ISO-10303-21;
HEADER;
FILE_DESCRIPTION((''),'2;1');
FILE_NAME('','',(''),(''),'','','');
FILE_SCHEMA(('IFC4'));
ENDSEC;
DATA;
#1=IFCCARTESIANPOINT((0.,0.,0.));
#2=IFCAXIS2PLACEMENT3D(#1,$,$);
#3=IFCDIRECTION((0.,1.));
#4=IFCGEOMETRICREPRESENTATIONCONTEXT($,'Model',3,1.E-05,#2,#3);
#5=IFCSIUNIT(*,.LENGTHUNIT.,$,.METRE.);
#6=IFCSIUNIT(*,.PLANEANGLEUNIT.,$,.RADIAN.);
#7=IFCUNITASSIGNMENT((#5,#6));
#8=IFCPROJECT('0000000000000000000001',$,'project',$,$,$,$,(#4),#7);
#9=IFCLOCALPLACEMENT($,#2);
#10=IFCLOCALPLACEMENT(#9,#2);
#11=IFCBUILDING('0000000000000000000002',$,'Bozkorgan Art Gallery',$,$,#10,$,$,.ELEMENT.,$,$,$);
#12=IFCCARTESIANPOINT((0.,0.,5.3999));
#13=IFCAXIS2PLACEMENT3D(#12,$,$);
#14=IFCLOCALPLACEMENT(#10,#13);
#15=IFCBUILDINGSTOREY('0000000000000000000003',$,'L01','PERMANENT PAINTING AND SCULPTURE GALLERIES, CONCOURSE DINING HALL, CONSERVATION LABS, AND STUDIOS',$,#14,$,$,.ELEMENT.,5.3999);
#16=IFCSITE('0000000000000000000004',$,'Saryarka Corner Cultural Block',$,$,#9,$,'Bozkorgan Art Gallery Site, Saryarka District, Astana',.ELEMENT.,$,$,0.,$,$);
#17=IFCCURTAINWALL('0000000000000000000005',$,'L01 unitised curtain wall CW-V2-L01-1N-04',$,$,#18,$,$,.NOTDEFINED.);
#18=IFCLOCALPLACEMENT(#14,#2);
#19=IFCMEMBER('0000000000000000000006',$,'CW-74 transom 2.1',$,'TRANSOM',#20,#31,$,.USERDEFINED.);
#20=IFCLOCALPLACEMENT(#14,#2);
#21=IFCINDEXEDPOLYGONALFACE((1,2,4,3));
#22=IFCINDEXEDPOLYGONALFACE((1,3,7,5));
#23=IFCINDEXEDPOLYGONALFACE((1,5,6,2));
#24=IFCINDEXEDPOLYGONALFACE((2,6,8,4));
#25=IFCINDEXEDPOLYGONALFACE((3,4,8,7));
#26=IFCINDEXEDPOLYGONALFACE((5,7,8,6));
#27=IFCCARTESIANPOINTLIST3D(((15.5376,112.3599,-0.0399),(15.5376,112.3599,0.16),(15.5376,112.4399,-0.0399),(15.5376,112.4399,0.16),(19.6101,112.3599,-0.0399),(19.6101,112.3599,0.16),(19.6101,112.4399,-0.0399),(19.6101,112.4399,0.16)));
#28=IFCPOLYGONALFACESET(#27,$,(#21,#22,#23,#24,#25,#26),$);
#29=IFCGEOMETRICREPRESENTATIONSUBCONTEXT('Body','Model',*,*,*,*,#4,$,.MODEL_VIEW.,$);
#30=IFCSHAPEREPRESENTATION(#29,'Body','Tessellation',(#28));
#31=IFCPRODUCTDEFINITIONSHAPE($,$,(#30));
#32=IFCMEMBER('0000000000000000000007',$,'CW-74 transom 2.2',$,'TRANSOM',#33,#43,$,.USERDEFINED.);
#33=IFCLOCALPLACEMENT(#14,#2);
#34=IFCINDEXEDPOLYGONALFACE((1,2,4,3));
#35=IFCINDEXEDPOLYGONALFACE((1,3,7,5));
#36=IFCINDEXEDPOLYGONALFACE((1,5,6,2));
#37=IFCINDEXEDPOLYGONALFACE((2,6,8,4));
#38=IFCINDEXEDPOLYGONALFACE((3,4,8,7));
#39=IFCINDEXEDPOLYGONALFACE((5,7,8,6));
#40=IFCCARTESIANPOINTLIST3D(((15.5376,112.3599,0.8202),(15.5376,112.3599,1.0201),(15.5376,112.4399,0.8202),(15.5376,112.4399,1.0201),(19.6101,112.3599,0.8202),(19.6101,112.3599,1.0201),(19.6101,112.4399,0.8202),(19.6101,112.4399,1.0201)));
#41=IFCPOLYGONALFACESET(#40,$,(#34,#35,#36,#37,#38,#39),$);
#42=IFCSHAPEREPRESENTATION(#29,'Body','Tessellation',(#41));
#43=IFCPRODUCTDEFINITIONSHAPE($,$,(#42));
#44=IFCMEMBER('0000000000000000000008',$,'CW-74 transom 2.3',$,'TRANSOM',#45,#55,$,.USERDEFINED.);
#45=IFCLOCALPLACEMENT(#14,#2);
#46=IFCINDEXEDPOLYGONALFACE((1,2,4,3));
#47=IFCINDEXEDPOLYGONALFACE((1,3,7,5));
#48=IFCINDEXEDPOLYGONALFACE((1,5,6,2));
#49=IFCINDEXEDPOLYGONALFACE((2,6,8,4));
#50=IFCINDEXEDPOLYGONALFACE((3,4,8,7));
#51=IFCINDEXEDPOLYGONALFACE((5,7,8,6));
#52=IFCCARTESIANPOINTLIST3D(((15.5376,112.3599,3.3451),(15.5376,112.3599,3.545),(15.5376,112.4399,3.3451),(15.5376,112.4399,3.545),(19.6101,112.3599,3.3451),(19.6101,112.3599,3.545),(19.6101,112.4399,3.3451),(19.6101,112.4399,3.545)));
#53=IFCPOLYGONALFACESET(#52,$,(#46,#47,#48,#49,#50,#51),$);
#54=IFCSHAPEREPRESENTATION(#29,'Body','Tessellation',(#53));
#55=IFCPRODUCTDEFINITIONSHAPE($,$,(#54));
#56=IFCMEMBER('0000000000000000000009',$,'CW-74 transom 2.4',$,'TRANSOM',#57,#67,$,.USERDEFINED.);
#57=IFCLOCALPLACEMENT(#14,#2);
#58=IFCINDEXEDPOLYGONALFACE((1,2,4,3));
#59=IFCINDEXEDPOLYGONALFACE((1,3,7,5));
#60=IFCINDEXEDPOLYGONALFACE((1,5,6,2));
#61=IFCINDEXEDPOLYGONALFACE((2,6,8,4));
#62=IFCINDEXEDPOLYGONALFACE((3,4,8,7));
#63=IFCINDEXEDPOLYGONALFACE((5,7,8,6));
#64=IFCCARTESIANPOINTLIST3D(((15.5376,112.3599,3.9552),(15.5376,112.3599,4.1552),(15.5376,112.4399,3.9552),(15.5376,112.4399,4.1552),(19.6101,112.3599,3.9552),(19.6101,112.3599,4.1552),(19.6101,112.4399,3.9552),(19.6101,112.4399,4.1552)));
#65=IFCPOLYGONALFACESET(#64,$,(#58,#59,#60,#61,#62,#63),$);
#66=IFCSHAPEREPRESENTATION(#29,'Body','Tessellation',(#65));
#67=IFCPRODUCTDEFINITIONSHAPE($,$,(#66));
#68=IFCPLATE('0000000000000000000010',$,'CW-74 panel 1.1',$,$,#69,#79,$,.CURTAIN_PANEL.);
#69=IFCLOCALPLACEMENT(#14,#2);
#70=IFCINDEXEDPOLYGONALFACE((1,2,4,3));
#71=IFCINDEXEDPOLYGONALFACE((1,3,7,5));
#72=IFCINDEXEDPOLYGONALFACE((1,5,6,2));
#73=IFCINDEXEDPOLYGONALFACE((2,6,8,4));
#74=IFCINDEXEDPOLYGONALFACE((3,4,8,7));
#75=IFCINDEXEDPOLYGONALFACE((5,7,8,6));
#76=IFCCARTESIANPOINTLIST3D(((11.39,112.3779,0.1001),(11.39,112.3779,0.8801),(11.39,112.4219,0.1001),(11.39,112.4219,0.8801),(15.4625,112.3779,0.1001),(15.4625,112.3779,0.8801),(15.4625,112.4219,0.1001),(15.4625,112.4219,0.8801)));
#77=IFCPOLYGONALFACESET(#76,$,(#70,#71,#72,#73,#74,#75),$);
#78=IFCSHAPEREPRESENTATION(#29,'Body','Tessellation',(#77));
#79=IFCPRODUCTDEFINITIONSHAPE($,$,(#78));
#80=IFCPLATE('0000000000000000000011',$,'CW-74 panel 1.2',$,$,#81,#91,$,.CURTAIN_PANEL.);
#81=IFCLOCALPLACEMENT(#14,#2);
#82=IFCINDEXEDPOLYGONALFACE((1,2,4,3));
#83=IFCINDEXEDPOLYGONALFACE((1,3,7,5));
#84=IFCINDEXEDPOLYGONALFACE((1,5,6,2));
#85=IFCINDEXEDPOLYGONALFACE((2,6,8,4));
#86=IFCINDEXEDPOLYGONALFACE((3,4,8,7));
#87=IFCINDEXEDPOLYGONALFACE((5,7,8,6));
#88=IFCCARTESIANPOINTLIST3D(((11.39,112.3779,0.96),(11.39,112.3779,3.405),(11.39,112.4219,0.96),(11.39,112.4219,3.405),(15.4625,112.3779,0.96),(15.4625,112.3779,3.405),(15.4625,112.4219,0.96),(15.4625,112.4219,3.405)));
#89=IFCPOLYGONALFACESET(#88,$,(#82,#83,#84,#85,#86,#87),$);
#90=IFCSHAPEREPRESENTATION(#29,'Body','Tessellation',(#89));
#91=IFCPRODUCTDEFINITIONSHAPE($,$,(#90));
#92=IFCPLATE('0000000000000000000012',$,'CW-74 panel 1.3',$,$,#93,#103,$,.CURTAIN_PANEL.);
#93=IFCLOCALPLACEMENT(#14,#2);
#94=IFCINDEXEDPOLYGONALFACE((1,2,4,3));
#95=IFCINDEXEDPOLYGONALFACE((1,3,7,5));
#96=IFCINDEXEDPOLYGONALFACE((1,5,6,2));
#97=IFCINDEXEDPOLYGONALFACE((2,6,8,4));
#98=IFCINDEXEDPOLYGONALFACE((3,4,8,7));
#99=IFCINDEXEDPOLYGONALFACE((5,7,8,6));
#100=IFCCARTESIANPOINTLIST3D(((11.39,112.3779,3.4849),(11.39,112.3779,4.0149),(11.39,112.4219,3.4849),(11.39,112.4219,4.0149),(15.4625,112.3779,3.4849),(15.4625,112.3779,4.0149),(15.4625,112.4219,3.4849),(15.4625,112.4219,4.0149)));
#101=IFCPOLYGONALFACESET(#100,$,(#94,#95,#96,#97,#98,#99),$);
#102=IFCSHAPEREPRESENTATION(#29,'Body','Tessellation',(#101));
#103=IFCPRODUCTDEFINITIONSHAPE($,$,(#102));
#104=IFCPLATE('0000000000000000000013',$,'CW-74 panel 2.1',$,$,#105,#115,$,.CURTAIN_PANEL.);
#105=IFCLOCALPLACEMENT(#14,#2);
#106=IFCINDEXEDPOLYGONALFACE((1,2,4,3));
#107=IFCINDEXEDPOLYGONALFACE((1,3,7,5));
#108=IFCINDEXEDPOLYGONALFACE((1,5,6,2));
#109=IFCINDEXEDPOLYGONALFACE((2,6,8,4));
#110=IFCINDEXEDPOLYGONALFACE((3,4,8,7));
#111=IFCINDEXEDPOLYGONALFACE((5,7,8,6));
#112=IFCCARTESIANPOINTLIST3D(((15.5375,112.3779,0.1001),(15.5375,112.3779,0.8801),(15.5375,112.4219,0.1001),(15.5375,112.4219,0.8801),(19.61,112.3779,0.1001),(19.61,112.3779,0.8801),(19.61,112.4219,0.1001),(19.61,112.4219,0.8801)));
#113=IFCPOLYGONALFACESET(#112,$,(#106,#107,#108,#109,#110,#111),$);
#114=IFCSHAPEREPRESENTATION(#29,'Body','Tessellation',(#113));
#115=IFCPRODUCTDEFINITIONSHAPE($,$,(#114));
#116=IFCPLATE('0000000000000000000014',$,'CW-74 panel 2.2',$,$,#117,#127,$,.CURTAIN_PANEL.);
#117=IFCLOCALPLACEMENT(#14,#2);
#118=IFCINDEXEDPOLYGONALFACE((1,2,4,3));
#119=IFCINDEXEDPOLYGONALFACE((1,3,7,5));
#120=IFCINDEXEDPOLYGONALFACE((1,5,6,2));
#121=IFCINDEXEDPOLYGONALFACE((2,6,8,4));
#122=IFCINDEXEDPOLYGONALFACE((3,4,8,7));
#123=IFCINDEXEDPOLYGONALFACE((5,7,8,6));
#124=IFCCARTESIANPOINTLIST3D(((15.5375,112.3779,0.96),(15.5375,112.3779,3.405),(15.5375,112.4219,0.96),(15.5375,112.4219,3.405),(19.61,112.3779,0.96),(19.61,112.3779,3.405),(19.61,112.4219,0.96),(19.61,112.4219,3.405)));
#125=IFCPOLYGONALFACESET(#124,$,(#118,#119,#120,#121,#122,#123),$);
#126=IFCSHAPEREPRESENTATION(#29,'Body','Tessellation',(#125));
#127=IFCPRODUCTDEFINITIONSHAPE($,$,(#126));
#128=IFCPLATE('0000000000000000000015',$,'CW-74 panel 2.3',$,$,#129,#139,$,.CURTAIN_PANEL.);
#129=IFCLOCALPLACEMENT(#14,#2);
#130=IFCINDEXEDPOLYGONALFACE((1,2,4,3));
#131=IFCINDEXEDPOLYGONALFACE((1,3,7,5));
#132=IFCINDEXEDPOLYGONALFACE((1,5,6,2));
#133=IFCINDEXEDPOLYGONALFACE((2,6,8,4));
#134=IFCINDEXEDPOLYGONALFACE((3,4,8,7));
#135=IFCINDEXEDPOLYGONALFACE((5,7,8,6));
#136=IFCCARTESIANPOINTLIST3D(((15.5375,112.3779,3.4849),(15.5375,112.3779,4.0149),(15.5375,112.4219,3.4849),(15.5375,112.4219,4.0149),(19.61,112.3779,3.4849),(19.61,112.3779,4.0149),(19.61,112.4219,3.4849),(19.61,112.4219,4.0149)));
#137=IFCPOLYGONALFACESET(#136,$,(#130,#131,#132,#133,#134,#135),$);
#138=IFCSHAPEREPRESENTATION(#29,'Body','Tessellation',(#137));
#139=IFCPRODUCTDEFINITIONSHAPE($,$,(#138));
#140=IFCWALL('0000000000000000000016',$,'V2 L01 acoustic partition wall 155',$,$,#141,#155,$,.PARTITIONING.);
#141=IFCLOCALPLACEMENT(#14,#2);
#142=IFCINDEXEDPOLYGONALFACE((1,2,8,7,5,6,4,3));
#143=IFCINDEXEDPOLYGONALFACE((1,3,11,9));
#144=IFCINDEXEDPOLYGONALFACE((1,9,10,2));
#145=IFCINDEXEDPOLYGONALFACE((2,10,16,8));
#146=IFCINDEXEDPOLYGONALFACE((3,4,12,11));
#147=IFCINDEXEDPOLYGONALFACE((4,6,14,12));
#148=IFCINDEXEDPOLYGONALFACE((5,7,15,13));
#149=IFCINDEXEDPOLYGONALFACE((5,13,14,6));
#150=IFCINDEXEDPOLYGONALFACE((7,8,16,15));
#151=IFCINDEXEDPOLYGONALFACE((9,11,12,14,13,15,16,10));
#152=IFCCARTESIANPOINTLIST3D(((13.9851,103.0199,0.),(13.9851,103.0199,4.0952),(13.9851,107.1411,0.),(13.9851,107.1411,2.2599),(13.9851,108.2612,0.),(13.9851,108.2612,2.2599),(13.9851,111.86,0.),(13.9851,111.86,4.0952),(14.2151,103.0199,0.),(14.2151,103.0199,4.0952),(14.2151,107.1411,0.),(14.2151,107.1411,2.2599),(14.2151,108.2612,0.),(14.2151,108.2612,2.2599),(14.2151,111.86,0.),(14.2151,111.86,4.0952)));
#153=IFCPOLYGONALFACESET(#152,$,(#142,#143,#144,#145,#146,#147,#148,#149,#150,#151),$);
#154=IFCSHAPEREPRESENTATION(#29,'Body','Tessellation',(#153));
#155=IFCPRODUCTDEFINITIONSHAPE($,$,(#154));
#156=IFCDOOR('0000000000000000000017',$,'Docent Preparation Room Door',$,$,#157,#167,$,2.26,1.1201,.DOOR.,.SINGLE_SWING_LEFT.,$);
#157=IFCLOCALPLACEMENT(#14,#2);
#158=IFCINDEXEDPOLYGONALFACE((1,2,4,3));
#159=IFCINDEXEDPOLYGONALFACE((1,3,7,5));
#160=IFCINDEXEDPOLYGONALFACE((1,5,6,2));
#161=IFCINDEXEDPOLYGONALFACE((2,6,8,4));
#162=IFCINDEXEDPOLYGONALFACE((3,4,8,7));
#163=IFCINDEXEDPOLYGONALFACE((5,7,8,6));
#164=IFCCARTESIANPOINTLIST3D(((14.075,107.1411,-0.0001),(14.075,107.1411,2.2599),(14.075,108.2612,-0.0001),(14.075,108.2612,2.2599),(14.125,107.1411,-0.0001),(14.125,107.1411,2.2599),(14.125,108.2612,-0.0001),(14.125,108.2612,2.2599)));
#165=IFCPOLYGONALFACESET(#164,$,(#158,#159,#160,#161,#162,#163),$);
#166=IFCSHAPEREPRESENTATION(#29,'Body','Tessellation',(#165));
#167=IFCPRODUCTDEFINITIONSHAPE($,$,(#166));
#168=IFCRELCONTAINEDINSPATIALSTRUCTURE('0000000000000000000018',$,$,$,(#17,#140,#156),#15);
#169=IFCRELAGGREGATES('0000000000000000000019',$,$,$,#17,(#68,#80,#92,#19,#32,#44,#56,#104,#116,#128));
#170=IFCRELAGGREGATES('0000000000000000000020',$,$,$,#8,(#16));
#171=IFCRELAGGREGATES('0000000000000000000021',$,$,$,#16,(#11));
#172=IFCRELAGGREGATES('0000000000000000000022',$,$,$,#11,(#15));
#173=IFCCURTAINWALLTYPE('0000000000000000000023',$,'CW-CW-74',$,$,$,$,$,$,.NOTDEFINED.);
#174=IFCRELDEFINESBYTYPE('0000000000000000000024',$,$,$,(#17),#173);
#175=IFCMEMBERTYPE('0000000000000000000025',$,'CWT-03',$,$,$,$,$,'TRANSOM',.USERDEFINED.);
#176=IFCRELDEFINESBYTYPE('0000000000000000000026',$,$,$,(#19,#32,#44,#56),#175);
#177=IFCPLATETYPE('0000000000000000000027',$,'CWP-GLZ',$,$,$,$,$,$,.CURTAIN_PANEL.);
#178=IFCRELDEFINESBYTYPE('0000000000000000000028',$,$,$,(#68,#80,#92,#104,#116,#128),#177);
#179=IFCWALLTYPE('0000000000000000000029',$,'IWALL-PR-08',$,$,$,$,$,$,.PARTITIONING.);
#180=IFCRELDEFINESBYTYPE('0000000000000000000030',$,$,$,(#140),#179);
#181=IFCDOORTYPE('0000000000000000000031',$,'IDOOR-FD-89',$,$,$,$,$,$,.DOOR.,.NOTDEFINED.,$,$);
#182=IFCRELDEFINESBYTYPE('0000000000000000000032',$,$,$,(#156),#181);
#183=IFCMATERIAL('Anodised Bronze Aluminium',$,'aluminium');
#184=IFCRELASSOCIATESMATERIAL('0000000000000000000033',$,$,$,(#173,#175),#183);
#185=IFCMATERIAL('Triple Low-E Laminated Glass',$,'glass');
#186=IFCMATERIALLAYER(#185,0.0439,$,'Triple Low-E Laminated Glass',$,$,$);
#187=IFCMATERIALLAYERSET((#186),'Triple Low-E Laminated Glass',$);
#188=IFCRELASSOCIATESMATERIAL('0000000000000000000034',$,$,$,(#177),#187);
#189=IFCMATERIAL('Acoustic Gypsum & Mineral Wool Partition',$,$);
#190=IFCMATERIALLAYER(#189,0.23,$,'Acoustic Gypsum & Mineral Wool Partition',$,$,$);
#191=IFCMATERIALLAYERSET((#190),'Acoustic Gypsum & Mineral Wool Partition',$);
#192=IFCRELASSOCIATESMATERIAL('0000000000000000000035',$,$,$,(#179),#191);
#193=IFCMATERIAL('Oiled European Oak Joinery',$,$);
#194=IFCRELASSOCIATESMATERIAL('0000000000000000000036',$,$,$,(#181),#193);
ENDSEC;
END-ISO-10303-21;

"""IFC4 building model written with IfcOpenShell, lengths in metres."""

from ifc_helpers import new_model, si_unit, direction, frame, frame_2d, origin, origin_2d, place, context, subcontext, project, spatial, rectangle, extrude, material, layer, layer_set, material_profile, profile_set, type_object, element, fill, aggregate, save


model = new_model("IFC4")

# Units and contexts
model_context = context("Model", 3, precision=1e-05, world=origin(), true_north=direction((0.0, 1.0)))
body_context = subcontext(model_context, "Body", "Model", "MODEL_VIEW")
ifc_project = project(units=[si_unit("LENGTHUNIT", "METRE"), si_unit("PLANEANGLEUNIT", "RADIAN")], contexts=[model_context])

# Site, building, storey
site_placement = place(None, origin())
site = spatial("IfcSite", under=ifc_project, at=site_placement, Name="Saryarka Corner Cultural Block", LongName="Bozkorgan Art Gallery Site, Saryarka District, Astana", CompositionType="ELEMENT", RefElevation=0.0)
building_placement = place(site_placement, origin())
building = spatial("IfcBuilding", under=site, at=building_placement, Name="Bozkorgan Art Gallery", CompositionType="ELEMENT")
storey_placement = place(building_placement, frame((0.0, 0.0, 5.3999)))
storey = spatial("IfcBuildingStorey", under=building, at=storey_placement, Name="L01", Description="PERMANENT PAINTING AND SCULPTURE GALLERIES, CONCOURSE DINING HALL, CONSERVATION LABS, AND STUDIOS", CompositionType="ELEMENT", Elevation=5.3999)

# Curtain wall, members, plates
ifc_material_1 = material(Name="Anodised Bronze Aluminium", Category="aluminium")
curtain_wall_type = type_object("IfcCurtainWallType", Name="CW-CW-74", PredefinedType="NOTDEFINED", material=ifc_material_1)
curtain_wall_placement = place(storey_placement, origin())
curtain_wall = element("IfcCurtainWall", 1, at=curtain_wall_placement, inside=storey, type_object=curtain_wall_type, Name="L01 unitised curtain wall CW-V2-L01-1N-04", PredefinedType="NOTDEFINED")
ifc_material_profile_1 = material_profile(ifc_material_1, rectangle(XDim=0.0801, YDim=0.2, at=origin_2d()), Name="ALU TRANSOM 80x200")
ifc_profile_set_1 = profile_set([ifc_material_profile_1], Name="Anodised Bronze Aluminium")
member_type_1 = type_object("IfcMemberType", Name="CWT-03", ElementType="TRANSOM", PredefinedType="USERDEFINED", material=ifc_profile_set_1)
member_1_placement = place(storey_placement, frame((15.5376, 112.3999, 0.0601), z_axis=(1.0, 0.0, 0.0), x_axis=(0.0, 1.0, 0.0)))
member_1 = element("IfcMember", 2, at=member_1_placement, type_object=member_type_1, Name="CW-74 transom 2.1", ObjectType="TRANSOM", PredefinedType="USERDEFINED", context=body_context, shape_type="SweptSolid", body=[
    extrude(rectangle(XDim=0.0801, YDim=0.2, at=origin_2d()), origin(), (0.0, 0.0, 1.0), 4.0725),
])
member_2_placement = place(storey_placement, frame((15.5376, 112.3999, 0.9202), z_axis=(1.0, 0.0, 0.0), x_axis=(0.0, 1.0, 0.0)))
member_2 = element("IfcMember", 3, at=member_2_placement, type_object=member_type_1, Name="CW-74 transom 2.2", ObjectType="TRANSOM", PredefinedType="USERDEFINED", context=body_context, shape_type="SweptSolid", body=[
    extrude(rectangle(XDim=0.0801, YDim=0.2, at=origin_2d()), origin(), (0.0, 0.0, 1.0), 4.0725),
])
member_3_placement = place(storey_placement, frame((15.5376, 112.3999, 3.4451), z_axis=(1.0, 0.0, 0.0), x_axis=(0.0, 1.0, 0.0)))
member_3 = element("IfcMember", 4, at=member_3_placement, type_object=member_type_1, Name="CW-74 transom 2.3", ObjectType="TRANSOM", PredefinedType="USERDEFINED", context=body_context, shape_type="SweptSolid", body=[
    extrude(rectangle(XDim=0.0801, YDim=0.2, at=origin_2d()), origin(), (0.0, 0.0, 1.0), 4.0725),
])
member_4_placement = place(storey_placement, frame((15.5376, 112.3999, 4.0552), z_axis=(1.0, 0.0, 0.0), x_axis=(0.0, 1.0, 0.0)))
member_4 = element("IfcMember", 5, at=member_4_placement, type_object=member_type_1, Name="CW-74 transom 2.4", ObjectType="TRANSOM", PredefinedType="USERDEFINED", context=body_context, shape_type="SweptSolid", body=[
    extrude(rectangle(XDim=0.0801, YDim=0.2, at=origin_2d()), origin(), (0.0, 0.0, 1.0), 4.0725),
])
ifc_material_2 = material(Name="Triple Low-E Laminated Glass", Category="glass")
ifc_layer_1 = layer(ifc_material_2, 0.0439, Name="Triple Low-E Laminated Glass")
ifc_layer_set_1 = layer_set([ifc_layer_1], Name="Triple Low-E Laminated Glass")
plate_type = type_object("IfcPlateType", Name="CWP-GLZ", PredefinedType="CURTAIN_PANEL", material=ifc_layer_set_1)
plate_1_placement = place(storey_placement, frame((13.4263, 112.3999, 0.1001), z_axis=(0.0, 0.0, 1.0), x_axis=(1.0, 0.0, 0.0)))
plate_1 = element("IfcPlate", 6, at=plate_1_placement, type_object=plate_type, Name="CW-74 panel 1.1", PredefinedType="CURTAIN_PANEL", context=body_context, shape_type="SweptSolid", body=[
    extrude(rectangle(XDim=4.0725, YDim=0.0439, at=origin_2d()), origin(), (0.0, 0.0, 1.0), 0.78),
])
plate_2_placement = place(storey_placement, frame((13.4263, 112.3999, 0.96), z_axis=(0.0, 0.0, 1.0), x_axis=(1.0, 0.0, 0.0)))
plate_2 = element("IfcPlate", 7, at=plate_2_placement, type_object=plate_type, Name="CW-74 panel 1.2", PredefinedType="CURTAIN_PANEL", context=body_context, shape_type="SweptSolid", body=[
    extrude(rectangle(XDim=4.0725, YDim=0.0439, at=origin_2d()), origin(), (0.0, 0.0, 1.0), 2.4451),
])
plate_3_placement = place(storey_placement, frame((13.4263, 112.3999, 3.4849), z_axis=(0.0, 0.0, 1.0), x_axis=(1.0, 0.0, 0.0)))
plate_3 = element("IfcPlate", 8, at=plate_3_placement, type_object=plate_type, Name="CW-74 panel 1.3", PredefinedType="CURTAIN_PANEL", context=body_context, shape_type="SweptSolid", body=[
    extrude(rectangle(XDim=4.0725, YDim=0.0439, at=origin_2d()), origin(), (0.0, 0.0, 1.0), 0.53),
])
plate_4_placement = place(storey_placement, frame((17.5737, 112.3999, 0.1001), z_axis=(0.0, 0.0, 1.0), x_axis=(1.0, 0.0, 0.0)))
plate_4 = element("IfcPlate", 9, at=plate_4_placement, type_object=plate_type, Name="CW-74 panel 2.1", PredefinedType="CURTAIN_PANEL", context=body_context, shape_type="SweptSolid", body=[
    extrude(rectangle(XDim=4.0725, YDim=0.0439, at=origin_2d()), origin(), (0.0, 0.0, 1.0), 0.78),
])
plate_5_placement = place(storey_placement, frame((17.5737, 112.3999, 0.96), z_axis=(0.0, 0.0, 1.0), x_axis=(1.0, 0.0, 0.0)))
plate_5 = element("IfcPlate", 10, at=plate_5_placement, type_object=plate_type, Name="CW-74 panel 2.2", PredefinedType="CURTAIN_PANEL", context=body_context, shape_type="SweptSolid", body=[
    extrude(rectangle(XDim=4.0725, YDim=0.0439, at=origin_2d()), origin(), (0.0, 0.0, 1.0), 2.4451),
])
plate_6_placement = place(storey_placement, frame((17.5737, 112.3999, 3.4849), z_axis=(0.0, 0.0, 1.0), x_axis=(1.0, 0.0, 0.0)))
plate_6 = element("IfcPlate", 11, at=plate_6_placement, type_object=plate_type, Name="CW-74 panel 2.3", PredefinedType="CURTAIN_PANEL", context=body_context, shape_type="SweptSolid", body=[
    extrude(rectangle(XDim=4.0725, YDim=0.0439, at=origin_2d()), origin(), (0.0, 0.0, 1.0), 0.53),
])
aggregate(curtain_wall, [plate_1, plate_2, plate_3, member_1, member_2, member_3, member_4, plate_4, plate_5, plate_6])

# Wall, opening, door
ifc_material_3 = material(Name="Acoustic Gypsum & Mineral Wool Partition")
ifc_layer_2 = layer(ifc_material_3, 0.23, Name="Acoustic Gypsum & Mineral Wool Partition")
ifc_layer_set_2 = layer_set([ifc_layer_2], Name="Acoustic Gypsum & Mineral Wool Partition")
wall_type = type_object("IfcWallType", Name="IWALL-PR-08", PredefinedType="PARTITIONING", material=ifc_layer_set_2)
wall_placement = place(storey_placement, frame((14.1001, 103.02, 0.0), z_axis=(0.0, 0.0, 1.0), x_axis=(0.0, 1.0, 0.0)))
wall = element("IfcWall", 12, at=wall_placement, inside=storey, type_object=wall_type, Name="V2 L01 acoustic partition wall 155", PredefinedType="PARTITIONING", context=body_context, shape_type="SweptSolid", body=[
    extrude(rectangle(XDim=8.8401, YDim=0.23, at=frame_2d((4.4199, 0.0))), origin(), (0.0, 0.0, 1.0), 4.0952),
])
opening_placement = place(wall_placement, frame((5.2412, 0.0, 0.0), z_axis=(0.0, 0.0, 1.0), x_axis=(-1.0, 0.0, 0.0)))
opening = element("IfcOpeningElement", 13, at=opening_placement, cuts=wall, PredefinedType="OPENING", context=body_context, shape_type="SweptSolid", body=[
    extrude(rectangle(XDim=1.1201, YDim=2.26, at=frame_2d((0.5601, 1.1299))), frame((0.0, 0.125, 0.0), z_axis=(0.0, -1.0, 0.0), x_axis=(1.0, 0.0, 0.0)), (0.0, 0.0, 1.0), 0.25),
])
ifc_material_4 = material(Name="Oiled European Oak Joinery")
door_type = type_object("IfcDoorType", Name="IDOOR-FD-89", OperationType="NOTDEFINED", PredefinedType="DOOR", material=ifc_material_4)
door_placement = place(opening_placement, origin())
door = element("IfcDoor", 14, at=door_placement, inside=storey, type_object=door_type, Name="Docent Preparation Room Door", OperationType="SINGLE_SWING_LEFT", OverallHeight=2.26, OverallWidth=1.1201, PredefinedType="DOOR", context=body_context, shape_type="SweptSolid", body=[
    extrude(rectangle(XDim=1.1201, YDim=2.26, at=frame_2d((0.5601, 1.1299))), frame((0.0, 0.0249, 0.0), z_axis=(0.0, -1.0, 0.0), x_axis=(1.0, 0.0, 0.0)), (0.0, 0.0, 1.0), 0.05),
])
fill(opening, door)

save(model, "model.ifc")
